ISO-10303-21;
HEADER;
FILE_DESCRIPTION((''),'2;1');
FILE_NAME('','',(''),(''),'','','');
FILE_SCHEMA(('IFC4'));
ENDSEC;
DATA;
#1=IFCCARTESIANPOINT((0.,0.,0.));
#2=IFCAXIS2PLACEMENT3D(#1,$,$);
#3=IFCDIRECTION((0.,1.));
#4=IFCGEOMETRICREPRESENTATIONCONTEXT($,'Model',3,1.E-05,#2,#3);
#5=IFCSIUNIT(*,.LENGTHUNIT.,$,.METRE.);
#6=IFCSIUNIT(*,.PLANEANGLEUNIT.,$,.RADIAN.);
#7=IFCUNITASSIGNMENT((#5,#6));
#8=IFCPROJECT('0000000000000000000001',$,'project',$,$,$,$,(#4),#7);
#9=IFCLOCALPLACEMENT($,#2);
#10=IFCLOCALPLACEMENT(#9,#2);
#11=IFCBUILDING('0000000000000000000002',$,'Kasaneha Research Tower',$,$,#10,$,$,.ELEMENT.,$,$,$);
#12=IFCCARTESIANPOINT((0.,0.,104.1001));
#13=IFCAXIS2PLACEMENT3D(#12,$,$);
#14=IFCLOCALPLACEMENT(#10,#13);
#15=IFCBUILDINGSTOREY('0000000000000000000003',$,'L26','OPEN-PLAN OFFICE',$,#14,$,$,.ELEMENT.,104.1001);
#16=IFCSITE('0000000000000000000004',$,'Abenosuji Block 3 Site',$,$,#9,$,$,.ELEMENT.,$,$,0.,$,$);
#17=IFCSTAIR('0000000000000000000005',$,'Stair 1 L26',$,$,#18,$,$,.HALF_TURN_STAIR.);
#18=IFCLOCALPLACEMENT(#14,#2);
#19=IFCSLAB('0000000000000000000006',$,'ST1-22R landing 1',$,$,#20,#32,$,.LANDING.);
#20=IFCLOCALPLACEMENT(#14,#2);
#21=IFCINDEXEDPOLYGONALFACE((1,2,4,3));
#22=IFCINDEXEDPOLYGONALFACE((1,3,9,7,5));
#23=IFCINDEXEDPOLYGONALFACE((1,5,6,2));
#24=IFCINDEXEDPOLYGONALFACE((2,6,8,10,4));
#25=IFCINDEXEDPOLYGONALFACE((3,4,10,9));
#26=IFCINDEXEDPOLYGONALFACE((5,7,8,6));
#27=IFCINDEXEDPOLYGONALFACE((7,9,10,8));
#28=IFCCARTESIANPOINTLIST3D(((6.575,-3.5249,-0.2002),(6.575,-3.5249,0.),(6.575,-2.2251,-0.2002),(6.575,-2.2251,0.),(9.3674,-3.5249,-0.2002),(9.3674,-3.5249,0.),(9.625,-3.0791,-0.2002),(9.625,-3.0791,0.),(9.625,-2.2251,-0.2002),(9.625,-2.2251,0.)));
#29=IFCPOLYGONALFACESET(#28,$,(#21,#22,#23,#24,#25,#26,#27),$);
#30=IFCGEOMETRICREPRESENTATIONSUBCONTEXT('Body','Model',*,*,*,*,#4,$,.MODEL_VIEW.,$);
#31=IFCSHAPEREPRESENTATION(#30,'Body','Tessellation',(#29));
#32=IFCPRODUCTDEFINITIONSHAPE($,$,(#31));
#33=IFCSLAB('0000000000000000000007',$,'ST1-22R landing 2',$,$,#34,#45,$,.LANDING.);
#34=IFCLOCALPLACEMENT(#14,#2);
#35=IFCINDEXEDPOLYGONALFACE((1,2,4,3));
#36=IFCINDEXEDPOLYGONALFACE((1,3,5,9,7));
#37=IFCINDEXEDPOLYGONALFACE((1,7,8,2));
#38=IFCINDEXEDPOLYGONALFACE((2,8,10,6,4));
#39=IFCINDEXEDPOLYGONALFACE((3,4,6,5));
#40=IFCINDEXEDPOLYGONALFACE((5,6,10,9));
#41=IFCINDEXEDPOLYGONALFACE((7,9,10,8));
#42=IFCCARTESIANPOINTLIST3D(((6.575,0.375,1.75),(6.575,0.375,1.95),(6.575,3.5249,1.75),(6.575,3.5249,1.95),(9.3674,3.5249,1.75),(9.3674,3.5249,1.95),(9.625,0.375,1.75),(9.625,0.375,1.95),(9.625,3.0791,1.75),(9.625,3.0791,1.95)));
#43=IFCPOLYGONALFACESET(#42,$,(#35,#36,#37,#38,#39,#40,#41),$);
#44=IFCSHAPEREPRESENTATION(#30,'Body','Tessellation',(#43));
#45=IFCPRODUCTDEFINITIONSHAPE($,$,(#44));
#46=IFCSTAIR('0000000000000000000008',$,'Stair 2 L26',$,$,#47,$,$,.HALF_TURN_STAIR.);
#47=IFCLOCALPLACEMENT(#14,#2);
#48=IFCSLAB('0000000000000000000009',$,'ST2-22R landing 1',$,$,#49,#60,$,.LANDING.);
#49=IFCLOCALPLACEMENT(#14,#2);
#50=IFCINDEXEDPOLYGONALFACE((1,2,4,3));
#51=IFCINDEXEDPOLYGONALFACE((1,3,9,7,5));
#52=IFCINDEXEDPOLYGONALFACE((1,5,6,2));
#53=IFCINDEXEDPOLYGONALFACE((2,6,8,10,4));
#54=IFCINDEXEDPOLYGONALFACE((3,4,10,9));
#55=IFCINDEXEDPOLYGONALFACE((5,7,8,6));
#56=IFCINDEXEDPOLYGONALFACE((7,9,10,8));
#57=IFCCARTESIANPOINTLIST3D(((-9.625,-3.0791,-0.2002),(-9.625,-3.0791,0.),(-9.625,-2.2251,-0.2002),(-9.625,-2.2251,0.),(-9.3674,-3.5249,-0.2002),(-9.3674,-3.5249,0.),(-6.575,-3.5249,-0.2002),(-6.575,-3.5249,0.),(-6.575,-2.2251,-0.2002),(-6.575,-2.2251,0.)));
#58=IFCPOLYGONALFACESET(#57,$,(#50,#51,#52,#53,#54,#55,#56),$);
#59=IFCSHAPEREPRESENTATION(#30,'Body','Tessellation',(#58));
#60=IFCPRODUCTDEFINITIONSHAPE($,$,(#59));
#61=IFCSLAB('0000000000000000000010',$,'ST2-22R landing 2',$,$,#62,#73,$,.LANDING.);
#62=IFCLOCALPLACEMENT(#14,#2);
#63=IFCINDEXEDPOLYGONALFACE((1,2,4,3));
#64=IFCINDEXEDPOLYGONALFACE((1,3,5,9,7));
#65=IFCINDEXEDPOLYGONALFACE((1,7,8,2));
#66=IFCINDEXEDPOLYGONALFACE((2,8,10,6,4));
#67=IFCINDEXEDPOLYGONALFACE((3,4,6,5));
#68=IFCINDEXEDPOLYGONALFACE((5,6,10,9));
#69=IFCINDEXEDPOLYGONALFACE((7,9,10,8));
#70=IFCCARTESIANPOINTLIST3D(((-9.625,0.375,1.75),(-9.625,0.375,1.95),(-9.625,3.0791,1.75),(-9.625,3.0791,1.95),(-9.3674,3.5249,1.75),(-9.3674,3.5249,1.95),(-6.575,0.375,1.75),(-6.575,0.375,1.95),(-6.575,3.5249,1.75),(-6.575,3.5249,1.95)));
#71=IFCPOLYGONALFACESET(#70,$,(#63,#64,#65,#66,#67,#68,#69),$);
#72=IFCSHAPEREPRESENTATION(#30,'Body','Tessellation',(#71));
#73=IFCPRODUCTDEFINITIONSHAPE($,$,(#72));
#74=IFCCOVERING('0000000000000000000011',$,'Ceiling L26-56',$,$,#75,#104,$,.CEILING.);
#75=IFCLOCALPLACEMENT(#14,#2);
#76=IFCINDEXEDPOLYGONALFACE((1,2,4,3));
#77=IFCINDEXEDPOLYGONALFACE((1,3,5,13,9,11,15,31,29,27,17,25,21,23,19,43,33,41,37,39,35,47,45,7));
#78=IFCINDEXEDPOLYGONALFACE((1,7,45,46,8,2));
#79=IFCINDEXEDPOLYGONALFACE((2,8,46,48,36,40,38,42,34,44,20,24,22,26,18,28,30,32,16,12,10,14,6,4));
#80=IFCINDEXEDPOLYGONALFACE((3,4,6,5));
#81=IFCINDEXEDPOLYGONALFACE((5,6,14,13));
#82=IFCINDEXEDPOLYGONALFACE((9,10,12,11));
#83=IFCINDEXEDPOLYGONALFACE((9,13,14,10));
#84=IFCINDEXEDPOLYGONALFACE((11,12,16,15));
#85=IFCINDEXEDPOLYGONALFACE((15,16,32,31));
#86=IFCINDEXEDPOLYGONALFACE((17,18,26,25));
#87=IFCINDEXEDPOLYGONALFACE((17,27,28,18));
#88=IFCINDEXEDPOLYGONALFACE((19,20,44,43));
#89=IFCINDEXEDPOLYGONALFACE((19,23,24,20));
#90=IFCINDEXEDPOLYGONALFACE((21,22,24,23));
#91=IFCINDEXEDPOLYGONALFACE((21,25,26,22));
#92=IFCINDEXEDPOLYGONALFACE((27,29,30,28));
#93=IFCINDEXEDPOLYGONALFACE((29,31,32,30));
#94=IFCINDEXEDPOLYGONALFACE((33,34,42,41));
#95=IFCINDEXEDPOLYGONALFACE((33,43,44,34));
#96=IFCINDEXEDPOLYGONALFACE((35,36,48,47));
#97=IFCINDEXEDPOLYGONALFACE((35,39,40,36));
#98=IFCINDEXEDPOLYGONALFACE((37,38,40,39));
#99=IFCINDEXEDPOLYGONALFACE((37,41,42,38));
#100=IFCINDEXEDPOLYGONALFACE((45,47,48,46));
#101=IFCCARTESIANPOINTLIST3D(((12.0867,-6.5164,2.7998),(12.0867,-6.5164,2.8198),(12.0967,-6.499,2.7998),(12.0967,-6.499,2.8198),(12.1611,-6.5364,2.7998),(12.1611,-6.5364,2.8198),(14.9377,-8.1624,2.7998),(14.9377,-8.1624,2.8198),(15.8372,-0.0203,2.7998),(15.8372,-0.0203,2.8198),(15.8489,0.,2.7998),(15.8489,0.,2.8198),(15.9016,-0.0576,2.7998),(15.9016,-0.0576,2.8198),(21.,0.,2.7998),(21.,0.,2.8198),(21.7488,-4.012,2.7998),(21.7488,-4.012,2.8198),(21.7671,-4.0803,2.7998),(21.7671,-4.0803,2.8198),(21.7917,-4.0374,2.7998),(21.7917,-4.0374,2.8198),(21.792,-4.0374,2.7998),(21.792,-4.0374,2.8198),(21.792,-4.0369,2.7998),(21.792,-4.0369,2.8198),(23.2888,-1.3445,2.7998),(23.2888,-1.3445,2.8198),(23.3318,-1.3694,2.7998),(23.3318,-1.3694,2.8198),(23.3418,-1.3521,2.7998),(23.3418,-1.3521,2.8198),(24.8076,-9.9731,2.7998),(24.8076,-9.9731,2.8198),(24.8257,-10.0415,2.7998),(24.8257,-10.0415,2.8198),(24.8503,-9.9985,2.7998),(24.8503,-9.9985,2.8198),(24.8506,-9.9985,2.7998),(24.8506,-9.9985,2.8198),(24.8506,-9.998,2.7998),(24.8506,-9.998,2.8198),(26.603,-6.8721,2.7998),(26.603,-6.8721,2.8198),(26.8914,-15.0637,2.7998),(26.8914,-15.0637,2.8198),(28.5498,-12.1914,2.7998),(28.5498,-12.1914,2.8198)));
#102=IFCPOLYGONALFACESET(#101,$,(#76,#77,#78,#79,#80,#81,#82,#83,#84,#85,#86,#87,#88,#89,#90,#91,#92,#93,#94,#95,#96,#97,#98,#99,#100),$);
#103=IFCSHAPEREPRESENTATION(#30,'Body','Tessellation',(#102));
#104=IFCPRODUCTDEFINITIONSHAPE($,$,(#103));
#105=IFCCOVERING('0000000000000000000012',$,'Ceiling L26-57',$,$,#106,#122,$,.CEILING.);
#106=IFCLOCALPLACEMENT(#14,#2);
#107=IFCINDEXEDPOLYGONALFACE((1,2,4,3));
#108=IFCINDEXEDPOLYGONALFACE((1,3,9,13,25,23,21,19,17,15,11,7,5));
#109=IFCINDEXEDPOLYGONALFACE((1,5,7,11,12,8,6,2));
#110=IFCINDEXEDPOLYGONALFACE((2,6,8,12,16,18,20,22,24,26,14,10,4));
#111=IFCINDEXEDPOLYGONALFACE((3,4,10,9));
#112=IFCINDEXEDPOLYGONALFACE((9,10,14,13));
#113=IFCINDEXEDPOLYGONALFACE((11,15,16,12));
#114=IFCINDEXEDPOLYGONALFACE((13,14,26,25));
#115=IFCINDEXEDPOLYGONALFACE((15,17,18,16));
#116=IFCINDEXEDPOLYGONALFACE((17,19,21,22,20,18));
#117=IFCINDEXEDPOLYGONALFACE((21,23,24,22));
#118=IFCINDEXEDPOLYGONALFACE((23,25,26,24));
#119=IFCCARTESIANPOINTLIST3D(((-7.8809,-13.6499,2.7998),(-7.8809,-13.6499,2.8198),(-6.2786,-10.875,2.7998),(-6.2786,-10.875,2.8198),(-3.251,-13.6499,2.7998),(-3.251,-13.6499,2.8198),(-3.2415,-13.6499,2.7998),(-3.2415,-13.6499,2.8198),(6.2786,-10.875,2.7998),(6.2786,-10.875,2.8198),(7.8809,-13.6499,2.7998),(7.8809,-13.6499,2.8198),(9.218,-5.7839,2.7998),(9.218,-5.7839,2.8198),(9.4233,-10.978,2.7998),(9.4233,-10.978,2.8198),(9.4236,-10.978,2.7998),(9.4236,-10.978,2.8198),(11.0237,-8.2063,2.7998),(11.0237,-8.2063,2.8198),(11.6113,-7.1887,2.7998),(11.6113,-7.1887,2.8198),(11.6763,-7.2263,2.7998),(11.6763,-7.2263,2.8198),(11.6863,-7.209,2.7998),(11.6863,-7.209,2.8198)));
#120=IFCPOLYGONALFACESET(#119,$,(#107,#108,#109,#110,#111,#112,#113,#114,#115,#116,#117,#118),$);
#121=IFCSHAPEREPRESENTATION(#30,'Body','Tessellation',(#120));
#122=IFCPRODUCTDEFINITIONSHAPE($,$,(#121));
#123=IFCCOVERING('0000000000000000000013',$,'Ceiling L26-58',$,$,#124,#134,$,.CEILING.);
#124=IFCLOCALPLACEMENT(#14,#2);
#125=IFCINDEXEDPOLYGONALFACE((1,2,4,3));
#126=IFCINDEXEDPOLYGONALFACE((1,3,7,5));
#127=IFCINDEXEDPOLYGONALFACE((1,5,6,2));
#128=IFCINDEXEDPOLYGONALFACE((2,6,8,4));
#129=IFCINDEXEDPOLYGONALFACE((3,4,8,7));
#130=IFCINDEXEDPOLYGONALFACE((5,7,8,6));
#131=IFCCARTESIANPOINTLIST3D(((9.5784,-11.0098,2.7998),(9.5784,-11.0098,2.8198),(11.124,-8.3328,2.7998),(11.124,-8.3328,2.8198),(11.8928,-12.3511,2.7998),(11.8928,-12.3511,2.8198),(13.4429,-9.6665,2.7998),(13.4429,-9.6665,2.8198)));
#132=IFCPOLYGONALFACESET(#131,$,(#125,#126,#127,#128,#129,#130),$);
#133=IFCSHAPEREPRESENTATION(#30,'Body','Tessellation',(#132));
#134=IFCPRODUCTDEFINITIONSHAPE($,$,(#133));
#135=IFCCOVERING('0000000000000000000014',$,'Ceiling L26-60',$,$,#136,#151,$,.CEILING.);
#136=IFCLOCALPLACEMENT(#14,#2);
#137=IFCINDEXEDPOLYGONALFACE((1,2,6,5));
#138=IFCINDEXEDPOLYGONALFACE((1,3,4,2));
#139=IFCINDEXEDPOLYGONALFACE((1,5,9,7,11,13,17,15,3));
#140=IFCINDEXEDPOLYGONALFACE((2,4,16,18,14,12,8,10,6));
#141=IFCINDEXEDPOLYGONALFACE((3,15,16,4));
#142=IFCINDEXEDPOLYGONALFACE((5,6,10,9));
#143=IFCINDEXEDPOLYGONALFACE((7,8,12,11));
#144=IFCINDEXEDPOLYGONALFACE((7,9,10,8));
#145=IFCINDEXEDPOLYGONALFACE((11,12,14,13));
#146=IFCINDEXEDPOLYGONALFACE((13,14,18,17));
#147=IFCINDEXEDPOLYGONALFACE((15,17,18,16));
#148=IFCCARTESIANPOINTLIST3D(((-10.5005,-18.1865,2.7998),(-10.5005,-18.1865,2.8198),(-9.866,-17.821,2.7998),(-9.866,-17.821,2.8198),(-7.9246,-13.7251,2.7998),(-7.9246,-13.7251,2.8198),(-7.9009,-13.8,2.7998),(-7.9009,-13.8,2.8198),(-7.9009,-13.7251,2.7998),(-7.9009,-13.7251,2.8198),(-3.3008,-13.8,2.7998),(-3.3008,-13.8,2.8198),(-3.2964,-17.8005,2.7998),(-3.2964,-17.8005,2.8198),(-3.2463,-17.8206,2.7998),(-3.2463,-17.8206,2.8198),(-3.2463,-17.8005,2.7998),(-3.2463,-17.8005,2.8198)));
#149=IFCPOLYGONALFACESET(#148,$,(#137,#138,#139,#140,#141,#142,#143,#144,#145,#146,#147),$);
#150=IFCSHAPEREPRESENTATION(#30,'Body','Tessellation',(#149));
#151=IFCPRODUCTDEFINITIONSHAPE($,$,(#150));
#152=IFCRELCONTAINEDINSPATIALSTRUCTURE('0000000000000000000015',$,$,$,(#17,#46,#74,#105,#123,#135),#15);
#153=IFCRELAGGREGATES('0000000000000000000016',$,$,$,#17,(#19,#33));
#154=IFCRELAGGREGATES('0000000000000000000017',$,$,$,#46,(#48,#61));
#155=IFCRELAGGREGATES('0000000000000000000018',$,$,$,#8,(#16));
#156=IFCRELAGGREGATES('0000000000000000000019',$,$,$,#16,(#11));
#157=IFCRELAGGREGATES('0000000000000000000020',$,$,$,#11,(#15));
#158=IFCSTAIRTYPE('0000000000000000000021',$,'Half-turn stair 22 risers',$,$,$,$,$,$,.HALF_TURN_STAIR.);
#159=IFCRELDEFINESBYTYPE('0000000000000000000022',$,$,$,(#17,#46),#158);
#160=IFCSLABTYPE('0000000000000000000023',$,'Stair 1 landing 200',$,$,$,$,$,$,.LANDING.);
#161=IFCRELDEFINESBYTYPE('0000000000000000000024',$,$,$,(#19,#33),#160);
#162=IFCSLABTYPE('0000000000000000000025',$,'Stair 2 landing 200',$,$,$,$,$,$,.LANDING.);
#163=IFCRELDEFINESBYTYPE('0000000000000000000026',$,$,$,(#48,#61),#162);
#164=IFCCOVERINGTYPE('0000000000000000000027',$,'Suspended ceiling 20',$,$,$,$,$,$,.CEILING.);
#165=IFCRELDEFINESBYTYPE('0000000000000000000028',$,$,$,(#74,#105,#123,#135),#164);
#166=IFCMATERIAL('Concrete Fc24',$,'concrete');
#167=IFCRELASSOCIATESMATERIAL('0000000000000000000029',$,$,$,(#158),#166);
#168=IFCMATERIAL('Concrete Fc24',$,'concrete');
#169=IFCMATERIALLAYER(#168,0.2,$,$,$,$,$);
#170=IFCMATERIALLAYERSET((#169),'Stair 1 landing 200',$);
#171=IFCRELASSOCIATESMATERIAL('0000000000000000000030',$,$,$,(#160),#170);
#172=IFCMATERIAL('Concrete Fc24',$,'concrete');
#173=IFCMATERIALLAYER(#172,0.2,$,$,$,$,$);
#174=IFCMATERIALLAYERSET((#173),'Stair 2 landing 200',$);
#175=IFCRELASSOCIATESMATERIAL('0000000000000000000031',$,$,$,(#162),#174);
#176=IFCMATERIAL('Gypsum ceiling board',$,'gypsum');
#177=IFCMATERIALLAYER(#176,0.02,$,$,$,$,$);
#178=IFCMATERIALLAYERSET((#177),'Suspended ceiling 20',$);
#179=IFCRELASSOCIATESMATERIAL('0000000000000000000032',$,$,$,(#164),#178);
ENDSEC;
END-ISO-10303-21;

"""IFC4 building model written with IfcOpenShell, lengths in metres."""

from ifc_helpers import new_model, si_unit, direction, frame, origin, place, context, subcontext, project, spatial, polyline, outline, extrude, material, layer, layer_set, type_object, element, aggregate, save


model = new_model("IFC4")

# Units and contexts
model_context = context("Model", 3, precision=1e-05, world=origin(), true_north=direction((0.0, 1.0)))
body_context = subcontext(model_context, "Body", "Model", "MODEL_VIEW")
ifc_project = project(units=[si_unit("LENGTHUNIT", "METRE"), si_unit("PLANEANGLEUNIT", "RADIAN")], contexts=[model_context])

# Site, building, storey
site_placement = place(None, origin())
site = spatial("IfcSite", under=ifc_project, at=site_placement, Name="Abenosuji Block 3 Site", CompositionType="ELEMENT", RefElevation=0.0)
building_placement = place(site_placement, origin())
building = spatial("IfcBuilding", under=site, at=building_placement, Name="Kasaneha Research Tower", CompositionType="ELEMENT")
storey_placement = place(building_placement, frame((0.0, 0.0, 104.1001)))
storey = spatial("IfcBuildingStorey", under=building, at=storey_placement, Name="L26", Description="OPEN-PLAN OFFICE", CompositionType="ELEMENT", Elevation=104.1001)

# Stairs, slabs
ifc_material_1 = material(Name="Concrete Fc24", Category="concrete")
stair_type = type_object("IfcStairType", Name="Half-turn stair 22 risers", PredefinedType="HALF_TURN_STAIR", material=ifc_material_1)
stair_1_placement = place(storey_placement, origin())
stair_1 = element("IfcStair", 1, at=stair_1_placement, inside=storey, type_object=stair_type, Name="Stair 1 L26", PredefinedType="HALF_TURN_STAIR")
ifc_material_2 = material(Name="Concrete Fc24", Category="concrete")
ifc_layer_1 = layer(ifc_material_2, 0.2)
ifc_layer_set_1 = layer_set([ifc_layer_1], Name="Stair 1 landing 200")
slab_type_1 = type_object("IfcSlabType", Name="Stair 1 landing 200", PredefinedType="LANDING", material=ifc_layer_set_1)
slab_1_placement = place(storey_placement, frame((0.0, 0.0, -0.2002)))
slab_1 = element("IfcSlab", 2, at=slab_1_placement, type_object=slab_type_1, Name="ST1-22R landing 1", PredefinedType="LANDING", context=body_context, shape_type="SweptSolid", body=[
    extrude(outline(polyline([(9.3674, -3.5249), (6.575, -3.5249), (6.575, -2.2251), (9.625, -2.2251), (9.625, -3.0791), (9.3674, -3.5249)])), origin(), (0.0, 0.0, 1.0), 0.2002),
])
slab_2_placement = place(storey_placement, frame((0.0, 0.0, 1.75)))
slab_2 = element("IfcSlab", 3, at=slab_2_placement, type_object=slab_type_1, Name="ST1-22R landing 2", PredefinedType="LANDING", context=body_context, shape_type="SweptSolid", body=[
    extrude(outline(polyline([(6.575, 3.5249), (9.3674, 3.5249), (9.625, 3.0791), (9.625, 0.375), (6.575, 0.375), (6.575, 3.5249)])), origin(), (0.0, 0.0, 1.0), 0.2),
])
aggregate(stair_1, [slab_1, slab_2])
stair_2_placement = place(storey_placement, origin())
stair_2 = element("IfcStair", 4, at=stair_2_placement, inside=storey, type_object=stair_type, Name="Stair 2 L26", PredefinedType="HALF_TURN_STAIR")
ifc_material_3 = material(Name="Concrete Fc24", Category="concrete")
ifc_layer_2 = layer(ifc_material_3, 0.2)
ifc_layer_set_2 = layer_set([ifc_layer_2], Name="Stair 2 landing 200")
slab_type_2 = type_object("IfcSlabType", Name="Stair 2 landing 200", PredefinedType="LANDING", material=ifc_layer_set_2)
slab_3_placement = place(storey_placement, frame((0.0, 0.0, -0.2002)))
slab_3 = element("IfcSlab", 5, at=slab_3_placement, type_object=slab_type_2, Name="ST2-22R landing 1", PredefinedType="LANDING", context=body_context, shape_type="SweptSolid", body=[
    extrude(outline(polyline([(-6.575, -3.5249), (-9.3674, -3.5249), (-9.625, -3.0791), (-9.625, -2.2251), (-6.575, -2.2251), (-6.575, -3.5249)])), origin(), (0.0, 0.0, 1.0), 0.2002),
])
slab_4_placement = place(storey_placement, frame((0.0, 0.0, 1.75)))
slab_4 = element("IfcSlab", 6, at=slab_4_placement, type_object=slab_type_2, Name="ST2-22R landing 2", PredefinedType="LANDING", context=body_context, shape_type="SweptSolid", body=[
    extrude(outline(polyline([(-6.575, 0.375), (-9.625, 0.375), (-9.625, 3.0791), (-9.3674, 3.5249), (-6.575, 3.5249), (-6.575, 0.375)])), origin(), (0.0, 0.0, 1.0), 0.2),
])
aggregate(stair_2, [slab_3, slab_4])

# Coverings
ifc_material_4 = material(Name="Gypsum ceiling board", Category="gypsum")
ifc_layer_3 = layer(ifc_material_4, 0.02)
ifc_layer_set_3 = layer_set([ifc_layer_3], Name="Suspended ceiling 20")
covering_type_1 = type_object("IfcCoveringType", Name="Suspended ceiling 20", PredefinedType="CEILING", material=ifc_layer_set_3)
covering_1_placement = place(storey_placement, frame((0.0, 0.0, 2.7998)))
element("IfcCovering", 7, at=covering_1_placement, inside=storey, type_object=covering_type_1, Name="Ceiling L26-56", PredefinedType="CEILING", context=body_context, shape_type="SweptSolid", body=[
    extrude(outline(polyline([(21.0, 0.0), (23.3418, -1.3521), (23.3318, -1.3694), (23.2888, -1.3445), (21.7488, -4.012), (21.792, -4.0369), (21.7917, -4.0374), (21.792, -4.0374), (21.7671, -4.0803), (26.603, -6.8721), (24.8076, -9.9731), (24.8506, -9.998), (24.8503, -9.9985), (24.8506, -9.9985), (24.8257, -10.0415), (28.5498, -12.1914), (26.8914, -15.0637), (14.9377, -8.1624), (12.0867, -6.5164), (12.0967, -6.499), (12.1611, -6.5364), (15.9016, -0.0576), (15.8372, -0.0203), (15.8489, 0.0), (21.0, 0.0)])), origin(), (0.0, 0.0, 1.0), 0.02),
])
covering_2_placement = place(storey_placement, frame((0.0, 0.0, 2.7998)))
element("IfcCovering", 8, at=covering_2_placement, inside=storey, type_object=covering_type_1, Name="Ceiling L26-57", PredefinedType="CEILING", context=body_context, shape_type="SweptSolid", body=[
    extrude(outline(polyline([(-6.2786, -10.875), (6.2786, -10.875), (9.218, -5.7839), (11.6863, -7.209), (11.6763, -7.2263), (11.6113, -7.1887), (11.0237, -8.2063), (11.0237, -8.2063), (9.4236, -10.978), (9.4233, -10.978), (7.8809, -13.6499), (-3.2415, -13.6499), (-3.251, -13.6499), (-7.8809, -13.6499), (-6.2786, -10.875)])), origin(), (0.0, 0.0, 1.0), 0.02),
])
covering_3_placement = place(storey_placement, frame((0.0, 0.0, 2.7998)))
element("IfcCovering", 9, at=covering_3_placement, inside=storey, type_object=covering_type_1, Name="Ceiling L26-58", PredefinedType="CEILING", context=body_context, shape_type="SweptSolid", body=[
    extrude(outline(polyline([(11.8928, -12.3511), (9.5784, -11.0098), (11.124, -8.3328), (13.4429, -9.6665), (11.8928, -12.3511)])), origin(), (0.0, 0.0, 1.0), 0.02),
])
covering_4_placement = place(storey_placement, frame((0.0, 0.0, 2.7998)))
element("IfcCovering", 10, at=covering_4_placement, inside=storey, type_object=covering_type_1, Name="Ceiling L26-60", PredefinedType="CEILING", context=body_context, shape_type="SweptSolid", body=[
    extrude(outline(polyline([(-10.5005, -18.1865), (-7.9246, -13.7251), (-7.9009, -13.7251), (-7.9009, -13.8), (-3.3008, -13.8), (-3.2964, -17.8005), (-3.2463, -17.8005), (-3.2463, -17.8206), (-9.866, -17.821), (-10.5005, -18.1865)])), origin(), (0.0, 0.0, 1.0), 0.02),
])

save(model, "model.ifc")
